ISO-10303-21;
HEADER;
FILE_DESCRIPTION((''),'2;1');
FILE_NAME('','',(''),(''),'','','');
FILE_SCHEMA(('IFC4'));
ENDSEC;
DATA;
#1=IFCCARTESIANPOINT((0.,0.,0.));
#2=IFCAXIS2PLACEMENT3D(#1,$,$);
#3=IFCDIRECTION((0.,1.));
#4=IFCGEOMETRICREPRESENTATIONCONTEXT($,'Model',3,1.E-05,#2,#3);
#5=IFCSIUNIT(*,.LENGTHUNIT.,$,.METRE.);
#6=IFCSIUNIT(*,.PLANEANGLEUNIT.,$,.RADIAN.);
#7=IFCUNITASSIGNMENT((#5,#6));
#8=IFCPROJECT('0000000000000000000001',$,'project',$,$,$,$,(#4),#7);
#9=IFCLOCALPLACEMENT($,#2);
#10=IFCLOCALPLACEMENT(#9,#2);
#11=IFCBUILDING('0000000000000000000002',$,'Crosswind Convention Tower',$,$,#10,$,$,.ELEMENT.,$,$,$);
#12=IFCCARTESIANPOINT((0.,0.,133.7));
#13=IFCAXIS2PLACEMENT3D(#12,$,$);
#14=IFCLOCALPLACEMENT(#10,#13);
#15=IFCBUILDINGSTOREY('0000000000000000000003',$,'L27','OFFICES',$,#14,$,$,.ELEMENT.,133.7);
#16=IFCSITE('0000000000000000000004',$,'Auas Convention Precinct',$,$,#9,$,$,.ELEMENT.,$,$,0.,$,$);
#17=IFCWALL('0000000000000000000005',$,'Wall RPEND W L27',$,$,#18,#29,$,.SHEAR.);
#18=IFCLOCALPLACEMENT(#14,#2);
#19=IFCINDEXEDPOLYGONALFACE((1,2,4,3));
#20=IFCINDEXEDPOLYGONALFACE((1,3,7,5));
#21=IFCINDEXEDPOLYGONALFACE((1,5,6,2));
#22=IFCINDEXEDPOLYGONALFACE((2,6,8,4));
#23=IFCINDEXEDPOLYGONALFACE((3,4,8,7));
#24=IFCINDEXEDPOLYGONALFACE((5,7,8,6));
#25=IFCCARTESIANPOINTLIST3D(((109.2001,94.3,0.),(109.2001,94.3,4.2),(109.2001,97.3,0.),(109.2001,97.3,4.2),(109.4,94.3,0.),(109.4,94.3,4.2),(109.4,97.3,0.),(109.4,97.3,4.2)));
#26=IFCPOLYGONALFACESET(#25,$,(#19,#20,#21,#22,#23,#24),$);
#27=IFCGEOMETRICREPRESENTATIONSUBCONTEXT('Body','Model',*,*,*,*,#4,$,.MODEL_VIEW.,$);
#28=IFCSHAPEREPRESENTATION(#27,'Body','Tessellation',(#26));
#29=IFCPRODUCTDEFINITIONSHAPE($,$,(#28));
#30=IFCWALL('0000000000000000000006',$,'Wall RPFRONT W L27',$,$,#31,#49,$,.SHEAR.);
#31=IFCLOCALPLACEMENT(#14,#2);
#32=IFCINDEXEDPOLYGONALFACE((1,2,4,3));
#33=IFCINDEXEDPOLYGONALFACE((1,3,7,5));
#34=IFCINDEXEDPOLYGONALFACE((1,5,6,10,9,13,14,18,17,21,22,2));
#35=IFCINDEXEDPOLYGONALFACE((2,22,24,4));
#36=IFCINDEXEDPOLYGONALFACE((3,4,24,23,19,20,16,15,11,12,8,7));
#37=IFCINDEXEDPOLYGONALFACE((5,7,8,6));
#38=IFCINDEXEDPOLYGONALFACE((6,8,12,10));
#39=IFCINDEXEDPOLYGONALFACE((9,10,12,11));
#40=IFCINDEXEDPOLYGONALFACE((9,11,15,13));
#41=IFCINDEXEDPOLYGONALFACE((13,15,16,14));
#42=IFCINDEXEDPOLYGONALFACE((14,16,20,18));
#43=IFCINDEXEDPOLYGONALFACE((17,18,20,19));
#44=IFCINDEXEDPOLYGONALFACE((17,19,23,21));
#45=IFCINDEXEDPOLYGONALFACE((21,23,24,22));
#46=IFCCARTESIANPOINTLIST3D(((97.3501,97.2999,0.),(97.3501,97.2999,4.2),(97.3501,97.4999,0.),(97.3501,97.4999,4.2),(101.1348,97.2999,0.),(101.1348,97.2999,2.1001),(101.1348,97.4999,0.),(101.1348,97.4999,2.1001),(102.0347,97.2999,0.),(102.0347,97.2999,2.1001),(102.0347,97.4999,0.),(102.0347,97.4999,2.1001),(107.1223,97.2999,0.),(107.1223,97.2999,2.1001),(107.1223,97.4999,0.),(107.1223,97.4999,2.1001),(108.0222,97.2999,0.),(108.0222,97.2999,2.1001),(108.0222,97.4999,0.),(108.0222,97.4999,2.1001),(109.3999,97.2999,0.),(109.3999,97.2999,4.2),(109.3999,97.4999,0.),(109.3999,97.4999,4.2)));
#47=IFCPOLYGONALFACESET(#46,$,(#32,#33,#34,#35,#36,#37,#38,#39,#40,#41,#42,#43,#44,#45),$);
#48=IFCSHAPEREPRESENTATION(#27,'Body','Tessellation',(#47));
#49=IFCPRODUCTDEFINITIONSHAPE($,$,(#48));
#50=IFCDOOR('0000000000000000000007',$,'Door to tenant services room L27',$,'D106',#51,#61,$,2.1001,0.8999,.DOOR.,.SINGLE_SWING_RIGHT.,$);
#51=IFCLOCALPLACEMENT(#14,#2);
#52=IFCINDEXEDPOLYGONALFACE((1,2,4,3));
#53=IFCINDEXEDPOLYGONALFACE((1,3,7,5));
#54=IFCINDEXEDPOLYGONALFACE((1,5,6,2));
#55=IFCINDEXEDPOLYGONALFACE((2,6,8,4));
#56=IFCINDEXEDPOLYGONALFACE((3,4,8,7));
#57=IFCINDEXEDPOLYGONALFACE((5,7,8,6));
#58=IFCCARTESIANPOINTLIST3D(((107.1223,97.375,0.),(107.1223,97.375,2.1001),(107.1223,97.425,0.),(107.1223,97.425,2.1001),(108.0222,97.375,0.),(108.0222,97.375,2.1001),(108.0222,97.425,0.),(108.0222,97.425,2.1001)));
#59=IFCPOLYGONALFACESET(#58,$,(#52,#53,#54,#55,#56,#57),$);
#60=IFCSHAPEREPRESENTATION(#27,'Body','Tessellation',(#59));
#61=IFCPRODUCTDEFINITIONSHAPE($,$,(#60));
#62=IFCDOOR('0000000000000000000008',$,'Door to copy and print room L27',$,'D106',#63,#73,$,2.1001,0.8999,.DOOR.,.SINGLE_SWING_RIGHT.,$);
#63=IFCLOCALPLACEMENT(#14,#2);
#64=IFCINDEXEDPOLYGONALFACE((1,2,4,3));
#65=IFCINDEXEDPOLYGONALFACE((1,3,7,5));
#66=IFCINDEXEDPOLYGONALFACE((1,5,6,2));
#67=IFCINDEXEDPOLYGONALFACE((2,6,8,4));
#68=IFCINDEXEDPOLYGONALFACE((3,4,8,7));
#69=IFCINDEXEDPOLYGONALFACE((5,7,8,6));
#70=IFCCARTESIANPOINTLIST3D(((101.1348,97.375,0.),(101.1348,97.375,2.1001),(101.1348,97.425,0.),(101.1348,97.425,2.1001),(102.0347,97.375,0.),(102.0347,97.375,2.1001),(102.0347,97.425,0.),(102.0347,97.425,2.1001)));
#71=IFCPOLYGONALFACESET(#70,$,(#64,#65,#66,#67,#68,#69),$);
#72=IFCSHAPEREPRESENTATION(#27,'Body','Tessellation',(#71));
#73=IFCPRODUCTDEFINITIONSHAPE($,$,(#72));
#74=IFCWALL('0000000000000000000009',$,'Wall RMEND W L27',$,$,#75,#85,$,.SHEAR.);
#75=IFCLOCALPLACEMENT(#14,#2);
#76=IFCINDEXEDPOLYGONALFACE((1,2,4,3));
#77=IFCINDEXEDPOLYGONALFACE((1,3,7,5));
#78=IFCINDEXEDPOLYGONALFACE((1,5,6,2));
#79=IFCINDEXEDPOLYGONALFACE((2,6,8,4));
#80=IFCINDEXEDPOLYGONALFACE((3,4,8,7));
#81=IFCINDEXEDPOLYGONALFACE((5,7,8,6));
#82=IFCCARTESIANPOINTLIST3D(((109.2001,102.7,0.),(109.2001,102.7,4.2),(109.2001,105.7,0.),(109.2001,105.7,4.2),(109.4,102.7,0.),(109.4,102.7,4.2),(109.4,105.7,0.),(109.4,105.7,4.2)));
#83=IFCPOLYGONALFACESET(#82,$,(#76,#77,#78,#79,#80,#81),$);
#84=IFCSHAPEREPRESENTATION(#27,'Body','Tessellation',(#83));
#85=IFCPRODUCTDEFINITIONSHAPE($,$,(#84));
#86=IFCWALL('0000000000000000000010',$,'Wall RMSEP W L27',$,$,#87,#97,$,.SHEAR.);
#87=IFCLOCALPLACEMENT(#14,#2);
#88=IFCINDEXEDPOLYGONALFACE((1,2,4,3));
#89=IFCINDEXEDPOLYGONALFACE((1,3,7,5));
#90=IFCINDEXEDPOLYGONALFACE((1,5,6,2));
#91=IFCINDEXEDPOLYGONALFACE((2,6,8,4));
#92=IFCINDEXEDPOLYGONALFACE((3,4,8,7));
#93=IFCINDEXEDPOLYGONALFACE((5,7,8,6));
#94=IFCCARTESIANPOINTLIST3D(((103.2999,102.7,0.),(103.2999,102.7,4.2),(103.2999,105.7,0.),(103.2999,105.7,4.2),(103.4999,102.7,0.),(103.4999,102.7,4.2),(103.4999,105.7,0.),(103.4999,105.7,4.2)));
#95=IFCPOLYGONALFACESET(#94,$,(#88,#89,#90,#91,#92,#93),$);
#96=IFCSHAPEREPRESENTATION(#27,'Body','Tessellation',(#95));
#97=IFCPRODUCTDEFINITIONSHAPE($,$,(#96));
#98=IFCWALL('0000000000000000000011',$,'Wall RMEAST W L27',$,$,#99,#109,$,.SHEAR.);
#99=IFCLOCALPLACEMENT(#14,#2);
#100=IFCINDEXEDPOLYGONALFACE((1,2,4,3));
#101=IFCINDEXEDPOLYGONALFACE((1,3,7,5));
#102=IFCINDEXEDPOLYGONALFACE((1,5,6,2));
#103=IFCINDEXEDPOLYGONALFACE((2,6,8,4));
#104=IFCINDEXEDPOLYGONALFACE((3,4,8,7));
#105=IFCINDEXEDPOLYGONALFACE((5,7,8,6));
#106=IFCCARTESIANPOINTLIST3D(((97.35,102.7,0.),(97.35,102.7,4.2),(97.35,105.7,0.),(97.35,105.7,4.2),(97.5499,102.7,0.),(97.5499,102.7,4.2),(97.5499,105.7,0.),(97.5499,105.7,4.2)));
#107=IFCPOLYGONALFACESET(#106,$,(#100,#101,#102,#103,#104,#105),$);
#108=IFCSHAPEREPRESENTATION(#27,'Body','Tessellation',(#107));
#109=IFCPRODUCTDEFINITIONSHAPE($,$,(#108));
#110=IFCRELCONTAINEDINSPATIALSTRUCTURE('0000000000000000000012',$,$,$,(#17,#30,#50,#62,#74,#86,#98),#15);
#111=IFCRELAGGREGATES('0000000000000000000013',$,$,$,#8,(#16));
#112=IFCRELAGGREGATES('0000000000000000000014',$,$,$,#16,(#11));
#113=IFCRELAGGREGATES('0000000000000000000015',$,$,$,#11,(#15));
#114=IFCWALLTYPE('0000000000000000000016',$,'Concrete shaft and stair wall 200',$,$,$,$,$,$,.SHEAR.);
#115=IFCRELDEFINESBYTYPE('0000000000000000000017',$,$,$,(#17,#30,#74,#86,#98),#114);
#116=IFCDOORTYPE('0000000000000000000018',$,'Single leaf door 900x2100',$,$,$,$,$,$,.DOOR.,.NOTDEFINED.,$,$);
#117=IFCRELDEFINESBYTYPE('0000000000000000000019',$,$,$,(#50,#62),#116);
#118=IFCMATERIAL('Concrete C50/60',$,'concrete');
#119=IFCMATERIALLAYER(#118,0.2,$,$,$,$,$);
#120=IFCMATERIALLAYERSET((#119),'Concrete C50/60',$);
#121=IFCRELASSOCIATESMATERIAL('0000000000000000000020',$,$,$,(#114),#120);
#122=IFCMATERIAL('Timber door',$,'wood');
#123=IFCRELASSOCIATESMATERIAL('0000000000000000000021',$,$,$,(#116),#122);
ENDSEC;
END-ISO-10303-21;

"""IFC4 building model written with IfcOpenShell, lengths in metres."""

from ifc_helpers import new_model, si_unit, direction, frame, frame_2d, origin, place, context, subcontext, project, spatial, rectangle, extrude, material, layer, layer_set, type_object, element, fill, save


model = new_model("IFC4")

# Units and contexts
model_context = context("Model", 3, precision=1e-05, world=origin(), true_north=direction((0.0, 1.0)))
body_context = subcontext(model_context, "Body", "Model", "MODEL_VIEW")
ifc_project = project(units=[si_unit("LENGTHUNIT", "METRE"), si_unit("PLANEANGLEUNIT", "RADIAN")], contexts=[model_context])

# Site, building, storey
site_placement = place(None, origin())
site = spatial("IfcSite", under=ifc_project, at=site_placement, Name="Auas Convention Precinct", CompositionType="ELEMENT", RefElevation=0.0)
building_placement = place(site_placement, origin())
building = spatial("IfcBuilding", under=site, at=building_placement, Name="Crosswind Convention Tower", CompositionType="ELEMENT")
storey_placement = place(building_placement, frame((0.0, 0.0, 133.7)))
storey = spatial("IfcBuildingStorey", under=building, at=storey_placement, Name="L27", Description="OFFICES", CompositionType="ELEMENT", Elevation=133.7)

# Wall
ifc_material_1 = material(Name="Concrete C50/60", Category="concrete")
ifc_layer = layer(ifc_material_1, 0.2)
ifc_layer_set = layer_set([ifc_layer], Name="Concrete C50/60")
wall_type = type_object("IfcWallType", Name="Concrete shaft and stair wall 200", PredefinedType="SHEAR", material=ifc_layer_set)
wall_1_placement = place(storey_placement, frame((109.3, 97.3, 0.0), z_axis=(0.0, 0.0, 1.0), x_axis=(0.0, -1.0, 0.0)))
element("IfcWall", 1, at=wall_1_placement, inside=storey, type_object=wall_type, Name="Wall RPEND W L27", PredefinedType="SHEAR", context=body_context, shape_type="SweptSolid", body=[
    extrude(rectangle(XDim=3.0, YDim=0.2, at=frame_2d((1.5, 0.0))), origin(), (0.0, 0.0, 1.0), 4.2),
])

# Wall, openings, doors
wall_2_placement = place(storey_placement, frame((109.3999, 97.3999, 0.0), z_axis=(0.0, 0.0, 1.0), x_axis=(-1.0, 0.0, 0.0)))
wall_2 = element("IfcWall", 2, at=wall_2_placement, inside=storey, type_object=wall_type, Name="Wall RPFRONT W L27", PredefinedType="SHEAR", context=body_context, shape_type="SweptSolid", body=[
    extrude(rectangle(XDim=12.0498, YDim=0.2, at=frame_2d((6.0249, 0.0))), origin(), (0.0, 0.0, 1.0), 4.2),
])
opening_1_placement = place(wall_2_placement, frame((1.3777, 0.0, 0.0)))
opening_1 = element("IfcOpeningElement", 3, at=opening_1_placement, cuts=wall_2, PredefinedType="OPENING", context=body_context, shape_type="SweptSolid", body=[
    extrude(rectangle(XDim=0.8999, YDim=2.1001, at=frame_2d((0.45, 1.05))), frame((0.0, 0.1099, 0.0), z_axis=(0.0, -1.0, 0.0), x_axis=(1.0, 0.0, 0.0)), (0.0, 0.0, 1.0), 0.22),
])
opening_2_placement = place(wall_2_placement, frame((7.3652, 0.0, 0.0)))
opening_2 = element("IfcOpeningElement", 4, at=opening_2_placement, cuts=wall_2, PredefinedType="OPENING", context=body_context, shape_type="SweptSolid", body=[
    extrude(rectangle(XDim=0.8999, YDim=2.1001, at=frame_2d((0.45, 1.05))), frame((0.0, 0.1099, 0.0), z_axis=(0.0, -1.0, 0.0), x_axis=(1.0, 0.0, 0.0)), (0.0, 0.0, 1.0), 0.22),
])
ifc_material_2 = material(Name="Timber door", Category="wood")
door_type_1 = type_object("IfcDoorType", Name="Single leaf door 900x2100", OperationType="NOTDEFINED", PredefinedType="DOOR", material=ifc_material_2)
door_1_placement = place(opening_1_placement, origin())
door_1 = element("IfcDoor", 5, at=door_1_placement, inside=storey, type_object=door_type_1, Name="Door to tenant services room L27", ObjectType="D106", OperationType="SINGLE_SWING_RIGHT", OverallHeight=2.1001, OverallWidth=0.8999, PredefinedType="DOOR", context=body_context, shape_type="SweptSolid", body=[
    extrude(rectangle(XDim=0.8999, YDim=2.1001, at=frame_2d((0.45, 1.05))), frame((0.0, 0.0249, 0.0), z_axis=(0.0, -1.0, 0.0), x_axis=(1.0, 0.0, 0.0)), (0.0, 0.0, 1.0), 0.05),
])
fill(opening_1, door_1)
door_2_placement = place(opening_2_placement, origin())
door_2 = element("IfcDoor", 6, at=door_2_placement, inside=storey, type_object=door_type_1, Name="Door to copy and print room L27", ObjectType="D106", OperationType="SINGLE_SWING_RIGHT", OverallHeight=2.1001, OverallWidth=0.8999, PredefinedType="DOOR", context=body_context, shape_type="SweptSolid", body=[
    extrude(rectangle(XDim=0.8999, YDim=2.1001, at=frame_2d((0.45, 1.05))), frame((0.0, 0.0249, 0.0), z_axis=(0.0, -1.0, 0.0), x_axis=(1.0, 0.0, 0.0)), (0.0, 0.0, 1.0), 0.05),
])
fill(opening_2, door_2)

# Walls
for number, where, z_axis, x_axis, name in (
    (7, (109.3, 105.7, 0.0), (0.0, 0.0, 1.0), (0.0, -1.0, 0.0), "Wall RMEND W L27"),
    (8, (103.3999, 105.7, 0.0), (0.0, 0.0, 1.0), (0.0, -1.0, 0.0), "Wall RMSEP W L27"),
    (9, (97.45, 105.7, 0.0), (0.0, 0.0, 1.0), (0.0, -1.0, 0.0), "Wall RMEAST W L27"),
):
    element("IfcWall", number, at=place(storey_placement, frame(where, z_axis=z_axis, x_axis=x_axis)), inside=storey, type_object=wall_type, Name=name, PredefinedType="SHEAR", context=body_context, shape_type="SweptSolid", body=[
        extrude(rectangle(XDim=3.0, YDim=0.2, at=frame_2d((1.5, 0.0))), origin(), (0.0, 0.0, 1.0), 4.2),
    ])

save(model, "model.ifc")
